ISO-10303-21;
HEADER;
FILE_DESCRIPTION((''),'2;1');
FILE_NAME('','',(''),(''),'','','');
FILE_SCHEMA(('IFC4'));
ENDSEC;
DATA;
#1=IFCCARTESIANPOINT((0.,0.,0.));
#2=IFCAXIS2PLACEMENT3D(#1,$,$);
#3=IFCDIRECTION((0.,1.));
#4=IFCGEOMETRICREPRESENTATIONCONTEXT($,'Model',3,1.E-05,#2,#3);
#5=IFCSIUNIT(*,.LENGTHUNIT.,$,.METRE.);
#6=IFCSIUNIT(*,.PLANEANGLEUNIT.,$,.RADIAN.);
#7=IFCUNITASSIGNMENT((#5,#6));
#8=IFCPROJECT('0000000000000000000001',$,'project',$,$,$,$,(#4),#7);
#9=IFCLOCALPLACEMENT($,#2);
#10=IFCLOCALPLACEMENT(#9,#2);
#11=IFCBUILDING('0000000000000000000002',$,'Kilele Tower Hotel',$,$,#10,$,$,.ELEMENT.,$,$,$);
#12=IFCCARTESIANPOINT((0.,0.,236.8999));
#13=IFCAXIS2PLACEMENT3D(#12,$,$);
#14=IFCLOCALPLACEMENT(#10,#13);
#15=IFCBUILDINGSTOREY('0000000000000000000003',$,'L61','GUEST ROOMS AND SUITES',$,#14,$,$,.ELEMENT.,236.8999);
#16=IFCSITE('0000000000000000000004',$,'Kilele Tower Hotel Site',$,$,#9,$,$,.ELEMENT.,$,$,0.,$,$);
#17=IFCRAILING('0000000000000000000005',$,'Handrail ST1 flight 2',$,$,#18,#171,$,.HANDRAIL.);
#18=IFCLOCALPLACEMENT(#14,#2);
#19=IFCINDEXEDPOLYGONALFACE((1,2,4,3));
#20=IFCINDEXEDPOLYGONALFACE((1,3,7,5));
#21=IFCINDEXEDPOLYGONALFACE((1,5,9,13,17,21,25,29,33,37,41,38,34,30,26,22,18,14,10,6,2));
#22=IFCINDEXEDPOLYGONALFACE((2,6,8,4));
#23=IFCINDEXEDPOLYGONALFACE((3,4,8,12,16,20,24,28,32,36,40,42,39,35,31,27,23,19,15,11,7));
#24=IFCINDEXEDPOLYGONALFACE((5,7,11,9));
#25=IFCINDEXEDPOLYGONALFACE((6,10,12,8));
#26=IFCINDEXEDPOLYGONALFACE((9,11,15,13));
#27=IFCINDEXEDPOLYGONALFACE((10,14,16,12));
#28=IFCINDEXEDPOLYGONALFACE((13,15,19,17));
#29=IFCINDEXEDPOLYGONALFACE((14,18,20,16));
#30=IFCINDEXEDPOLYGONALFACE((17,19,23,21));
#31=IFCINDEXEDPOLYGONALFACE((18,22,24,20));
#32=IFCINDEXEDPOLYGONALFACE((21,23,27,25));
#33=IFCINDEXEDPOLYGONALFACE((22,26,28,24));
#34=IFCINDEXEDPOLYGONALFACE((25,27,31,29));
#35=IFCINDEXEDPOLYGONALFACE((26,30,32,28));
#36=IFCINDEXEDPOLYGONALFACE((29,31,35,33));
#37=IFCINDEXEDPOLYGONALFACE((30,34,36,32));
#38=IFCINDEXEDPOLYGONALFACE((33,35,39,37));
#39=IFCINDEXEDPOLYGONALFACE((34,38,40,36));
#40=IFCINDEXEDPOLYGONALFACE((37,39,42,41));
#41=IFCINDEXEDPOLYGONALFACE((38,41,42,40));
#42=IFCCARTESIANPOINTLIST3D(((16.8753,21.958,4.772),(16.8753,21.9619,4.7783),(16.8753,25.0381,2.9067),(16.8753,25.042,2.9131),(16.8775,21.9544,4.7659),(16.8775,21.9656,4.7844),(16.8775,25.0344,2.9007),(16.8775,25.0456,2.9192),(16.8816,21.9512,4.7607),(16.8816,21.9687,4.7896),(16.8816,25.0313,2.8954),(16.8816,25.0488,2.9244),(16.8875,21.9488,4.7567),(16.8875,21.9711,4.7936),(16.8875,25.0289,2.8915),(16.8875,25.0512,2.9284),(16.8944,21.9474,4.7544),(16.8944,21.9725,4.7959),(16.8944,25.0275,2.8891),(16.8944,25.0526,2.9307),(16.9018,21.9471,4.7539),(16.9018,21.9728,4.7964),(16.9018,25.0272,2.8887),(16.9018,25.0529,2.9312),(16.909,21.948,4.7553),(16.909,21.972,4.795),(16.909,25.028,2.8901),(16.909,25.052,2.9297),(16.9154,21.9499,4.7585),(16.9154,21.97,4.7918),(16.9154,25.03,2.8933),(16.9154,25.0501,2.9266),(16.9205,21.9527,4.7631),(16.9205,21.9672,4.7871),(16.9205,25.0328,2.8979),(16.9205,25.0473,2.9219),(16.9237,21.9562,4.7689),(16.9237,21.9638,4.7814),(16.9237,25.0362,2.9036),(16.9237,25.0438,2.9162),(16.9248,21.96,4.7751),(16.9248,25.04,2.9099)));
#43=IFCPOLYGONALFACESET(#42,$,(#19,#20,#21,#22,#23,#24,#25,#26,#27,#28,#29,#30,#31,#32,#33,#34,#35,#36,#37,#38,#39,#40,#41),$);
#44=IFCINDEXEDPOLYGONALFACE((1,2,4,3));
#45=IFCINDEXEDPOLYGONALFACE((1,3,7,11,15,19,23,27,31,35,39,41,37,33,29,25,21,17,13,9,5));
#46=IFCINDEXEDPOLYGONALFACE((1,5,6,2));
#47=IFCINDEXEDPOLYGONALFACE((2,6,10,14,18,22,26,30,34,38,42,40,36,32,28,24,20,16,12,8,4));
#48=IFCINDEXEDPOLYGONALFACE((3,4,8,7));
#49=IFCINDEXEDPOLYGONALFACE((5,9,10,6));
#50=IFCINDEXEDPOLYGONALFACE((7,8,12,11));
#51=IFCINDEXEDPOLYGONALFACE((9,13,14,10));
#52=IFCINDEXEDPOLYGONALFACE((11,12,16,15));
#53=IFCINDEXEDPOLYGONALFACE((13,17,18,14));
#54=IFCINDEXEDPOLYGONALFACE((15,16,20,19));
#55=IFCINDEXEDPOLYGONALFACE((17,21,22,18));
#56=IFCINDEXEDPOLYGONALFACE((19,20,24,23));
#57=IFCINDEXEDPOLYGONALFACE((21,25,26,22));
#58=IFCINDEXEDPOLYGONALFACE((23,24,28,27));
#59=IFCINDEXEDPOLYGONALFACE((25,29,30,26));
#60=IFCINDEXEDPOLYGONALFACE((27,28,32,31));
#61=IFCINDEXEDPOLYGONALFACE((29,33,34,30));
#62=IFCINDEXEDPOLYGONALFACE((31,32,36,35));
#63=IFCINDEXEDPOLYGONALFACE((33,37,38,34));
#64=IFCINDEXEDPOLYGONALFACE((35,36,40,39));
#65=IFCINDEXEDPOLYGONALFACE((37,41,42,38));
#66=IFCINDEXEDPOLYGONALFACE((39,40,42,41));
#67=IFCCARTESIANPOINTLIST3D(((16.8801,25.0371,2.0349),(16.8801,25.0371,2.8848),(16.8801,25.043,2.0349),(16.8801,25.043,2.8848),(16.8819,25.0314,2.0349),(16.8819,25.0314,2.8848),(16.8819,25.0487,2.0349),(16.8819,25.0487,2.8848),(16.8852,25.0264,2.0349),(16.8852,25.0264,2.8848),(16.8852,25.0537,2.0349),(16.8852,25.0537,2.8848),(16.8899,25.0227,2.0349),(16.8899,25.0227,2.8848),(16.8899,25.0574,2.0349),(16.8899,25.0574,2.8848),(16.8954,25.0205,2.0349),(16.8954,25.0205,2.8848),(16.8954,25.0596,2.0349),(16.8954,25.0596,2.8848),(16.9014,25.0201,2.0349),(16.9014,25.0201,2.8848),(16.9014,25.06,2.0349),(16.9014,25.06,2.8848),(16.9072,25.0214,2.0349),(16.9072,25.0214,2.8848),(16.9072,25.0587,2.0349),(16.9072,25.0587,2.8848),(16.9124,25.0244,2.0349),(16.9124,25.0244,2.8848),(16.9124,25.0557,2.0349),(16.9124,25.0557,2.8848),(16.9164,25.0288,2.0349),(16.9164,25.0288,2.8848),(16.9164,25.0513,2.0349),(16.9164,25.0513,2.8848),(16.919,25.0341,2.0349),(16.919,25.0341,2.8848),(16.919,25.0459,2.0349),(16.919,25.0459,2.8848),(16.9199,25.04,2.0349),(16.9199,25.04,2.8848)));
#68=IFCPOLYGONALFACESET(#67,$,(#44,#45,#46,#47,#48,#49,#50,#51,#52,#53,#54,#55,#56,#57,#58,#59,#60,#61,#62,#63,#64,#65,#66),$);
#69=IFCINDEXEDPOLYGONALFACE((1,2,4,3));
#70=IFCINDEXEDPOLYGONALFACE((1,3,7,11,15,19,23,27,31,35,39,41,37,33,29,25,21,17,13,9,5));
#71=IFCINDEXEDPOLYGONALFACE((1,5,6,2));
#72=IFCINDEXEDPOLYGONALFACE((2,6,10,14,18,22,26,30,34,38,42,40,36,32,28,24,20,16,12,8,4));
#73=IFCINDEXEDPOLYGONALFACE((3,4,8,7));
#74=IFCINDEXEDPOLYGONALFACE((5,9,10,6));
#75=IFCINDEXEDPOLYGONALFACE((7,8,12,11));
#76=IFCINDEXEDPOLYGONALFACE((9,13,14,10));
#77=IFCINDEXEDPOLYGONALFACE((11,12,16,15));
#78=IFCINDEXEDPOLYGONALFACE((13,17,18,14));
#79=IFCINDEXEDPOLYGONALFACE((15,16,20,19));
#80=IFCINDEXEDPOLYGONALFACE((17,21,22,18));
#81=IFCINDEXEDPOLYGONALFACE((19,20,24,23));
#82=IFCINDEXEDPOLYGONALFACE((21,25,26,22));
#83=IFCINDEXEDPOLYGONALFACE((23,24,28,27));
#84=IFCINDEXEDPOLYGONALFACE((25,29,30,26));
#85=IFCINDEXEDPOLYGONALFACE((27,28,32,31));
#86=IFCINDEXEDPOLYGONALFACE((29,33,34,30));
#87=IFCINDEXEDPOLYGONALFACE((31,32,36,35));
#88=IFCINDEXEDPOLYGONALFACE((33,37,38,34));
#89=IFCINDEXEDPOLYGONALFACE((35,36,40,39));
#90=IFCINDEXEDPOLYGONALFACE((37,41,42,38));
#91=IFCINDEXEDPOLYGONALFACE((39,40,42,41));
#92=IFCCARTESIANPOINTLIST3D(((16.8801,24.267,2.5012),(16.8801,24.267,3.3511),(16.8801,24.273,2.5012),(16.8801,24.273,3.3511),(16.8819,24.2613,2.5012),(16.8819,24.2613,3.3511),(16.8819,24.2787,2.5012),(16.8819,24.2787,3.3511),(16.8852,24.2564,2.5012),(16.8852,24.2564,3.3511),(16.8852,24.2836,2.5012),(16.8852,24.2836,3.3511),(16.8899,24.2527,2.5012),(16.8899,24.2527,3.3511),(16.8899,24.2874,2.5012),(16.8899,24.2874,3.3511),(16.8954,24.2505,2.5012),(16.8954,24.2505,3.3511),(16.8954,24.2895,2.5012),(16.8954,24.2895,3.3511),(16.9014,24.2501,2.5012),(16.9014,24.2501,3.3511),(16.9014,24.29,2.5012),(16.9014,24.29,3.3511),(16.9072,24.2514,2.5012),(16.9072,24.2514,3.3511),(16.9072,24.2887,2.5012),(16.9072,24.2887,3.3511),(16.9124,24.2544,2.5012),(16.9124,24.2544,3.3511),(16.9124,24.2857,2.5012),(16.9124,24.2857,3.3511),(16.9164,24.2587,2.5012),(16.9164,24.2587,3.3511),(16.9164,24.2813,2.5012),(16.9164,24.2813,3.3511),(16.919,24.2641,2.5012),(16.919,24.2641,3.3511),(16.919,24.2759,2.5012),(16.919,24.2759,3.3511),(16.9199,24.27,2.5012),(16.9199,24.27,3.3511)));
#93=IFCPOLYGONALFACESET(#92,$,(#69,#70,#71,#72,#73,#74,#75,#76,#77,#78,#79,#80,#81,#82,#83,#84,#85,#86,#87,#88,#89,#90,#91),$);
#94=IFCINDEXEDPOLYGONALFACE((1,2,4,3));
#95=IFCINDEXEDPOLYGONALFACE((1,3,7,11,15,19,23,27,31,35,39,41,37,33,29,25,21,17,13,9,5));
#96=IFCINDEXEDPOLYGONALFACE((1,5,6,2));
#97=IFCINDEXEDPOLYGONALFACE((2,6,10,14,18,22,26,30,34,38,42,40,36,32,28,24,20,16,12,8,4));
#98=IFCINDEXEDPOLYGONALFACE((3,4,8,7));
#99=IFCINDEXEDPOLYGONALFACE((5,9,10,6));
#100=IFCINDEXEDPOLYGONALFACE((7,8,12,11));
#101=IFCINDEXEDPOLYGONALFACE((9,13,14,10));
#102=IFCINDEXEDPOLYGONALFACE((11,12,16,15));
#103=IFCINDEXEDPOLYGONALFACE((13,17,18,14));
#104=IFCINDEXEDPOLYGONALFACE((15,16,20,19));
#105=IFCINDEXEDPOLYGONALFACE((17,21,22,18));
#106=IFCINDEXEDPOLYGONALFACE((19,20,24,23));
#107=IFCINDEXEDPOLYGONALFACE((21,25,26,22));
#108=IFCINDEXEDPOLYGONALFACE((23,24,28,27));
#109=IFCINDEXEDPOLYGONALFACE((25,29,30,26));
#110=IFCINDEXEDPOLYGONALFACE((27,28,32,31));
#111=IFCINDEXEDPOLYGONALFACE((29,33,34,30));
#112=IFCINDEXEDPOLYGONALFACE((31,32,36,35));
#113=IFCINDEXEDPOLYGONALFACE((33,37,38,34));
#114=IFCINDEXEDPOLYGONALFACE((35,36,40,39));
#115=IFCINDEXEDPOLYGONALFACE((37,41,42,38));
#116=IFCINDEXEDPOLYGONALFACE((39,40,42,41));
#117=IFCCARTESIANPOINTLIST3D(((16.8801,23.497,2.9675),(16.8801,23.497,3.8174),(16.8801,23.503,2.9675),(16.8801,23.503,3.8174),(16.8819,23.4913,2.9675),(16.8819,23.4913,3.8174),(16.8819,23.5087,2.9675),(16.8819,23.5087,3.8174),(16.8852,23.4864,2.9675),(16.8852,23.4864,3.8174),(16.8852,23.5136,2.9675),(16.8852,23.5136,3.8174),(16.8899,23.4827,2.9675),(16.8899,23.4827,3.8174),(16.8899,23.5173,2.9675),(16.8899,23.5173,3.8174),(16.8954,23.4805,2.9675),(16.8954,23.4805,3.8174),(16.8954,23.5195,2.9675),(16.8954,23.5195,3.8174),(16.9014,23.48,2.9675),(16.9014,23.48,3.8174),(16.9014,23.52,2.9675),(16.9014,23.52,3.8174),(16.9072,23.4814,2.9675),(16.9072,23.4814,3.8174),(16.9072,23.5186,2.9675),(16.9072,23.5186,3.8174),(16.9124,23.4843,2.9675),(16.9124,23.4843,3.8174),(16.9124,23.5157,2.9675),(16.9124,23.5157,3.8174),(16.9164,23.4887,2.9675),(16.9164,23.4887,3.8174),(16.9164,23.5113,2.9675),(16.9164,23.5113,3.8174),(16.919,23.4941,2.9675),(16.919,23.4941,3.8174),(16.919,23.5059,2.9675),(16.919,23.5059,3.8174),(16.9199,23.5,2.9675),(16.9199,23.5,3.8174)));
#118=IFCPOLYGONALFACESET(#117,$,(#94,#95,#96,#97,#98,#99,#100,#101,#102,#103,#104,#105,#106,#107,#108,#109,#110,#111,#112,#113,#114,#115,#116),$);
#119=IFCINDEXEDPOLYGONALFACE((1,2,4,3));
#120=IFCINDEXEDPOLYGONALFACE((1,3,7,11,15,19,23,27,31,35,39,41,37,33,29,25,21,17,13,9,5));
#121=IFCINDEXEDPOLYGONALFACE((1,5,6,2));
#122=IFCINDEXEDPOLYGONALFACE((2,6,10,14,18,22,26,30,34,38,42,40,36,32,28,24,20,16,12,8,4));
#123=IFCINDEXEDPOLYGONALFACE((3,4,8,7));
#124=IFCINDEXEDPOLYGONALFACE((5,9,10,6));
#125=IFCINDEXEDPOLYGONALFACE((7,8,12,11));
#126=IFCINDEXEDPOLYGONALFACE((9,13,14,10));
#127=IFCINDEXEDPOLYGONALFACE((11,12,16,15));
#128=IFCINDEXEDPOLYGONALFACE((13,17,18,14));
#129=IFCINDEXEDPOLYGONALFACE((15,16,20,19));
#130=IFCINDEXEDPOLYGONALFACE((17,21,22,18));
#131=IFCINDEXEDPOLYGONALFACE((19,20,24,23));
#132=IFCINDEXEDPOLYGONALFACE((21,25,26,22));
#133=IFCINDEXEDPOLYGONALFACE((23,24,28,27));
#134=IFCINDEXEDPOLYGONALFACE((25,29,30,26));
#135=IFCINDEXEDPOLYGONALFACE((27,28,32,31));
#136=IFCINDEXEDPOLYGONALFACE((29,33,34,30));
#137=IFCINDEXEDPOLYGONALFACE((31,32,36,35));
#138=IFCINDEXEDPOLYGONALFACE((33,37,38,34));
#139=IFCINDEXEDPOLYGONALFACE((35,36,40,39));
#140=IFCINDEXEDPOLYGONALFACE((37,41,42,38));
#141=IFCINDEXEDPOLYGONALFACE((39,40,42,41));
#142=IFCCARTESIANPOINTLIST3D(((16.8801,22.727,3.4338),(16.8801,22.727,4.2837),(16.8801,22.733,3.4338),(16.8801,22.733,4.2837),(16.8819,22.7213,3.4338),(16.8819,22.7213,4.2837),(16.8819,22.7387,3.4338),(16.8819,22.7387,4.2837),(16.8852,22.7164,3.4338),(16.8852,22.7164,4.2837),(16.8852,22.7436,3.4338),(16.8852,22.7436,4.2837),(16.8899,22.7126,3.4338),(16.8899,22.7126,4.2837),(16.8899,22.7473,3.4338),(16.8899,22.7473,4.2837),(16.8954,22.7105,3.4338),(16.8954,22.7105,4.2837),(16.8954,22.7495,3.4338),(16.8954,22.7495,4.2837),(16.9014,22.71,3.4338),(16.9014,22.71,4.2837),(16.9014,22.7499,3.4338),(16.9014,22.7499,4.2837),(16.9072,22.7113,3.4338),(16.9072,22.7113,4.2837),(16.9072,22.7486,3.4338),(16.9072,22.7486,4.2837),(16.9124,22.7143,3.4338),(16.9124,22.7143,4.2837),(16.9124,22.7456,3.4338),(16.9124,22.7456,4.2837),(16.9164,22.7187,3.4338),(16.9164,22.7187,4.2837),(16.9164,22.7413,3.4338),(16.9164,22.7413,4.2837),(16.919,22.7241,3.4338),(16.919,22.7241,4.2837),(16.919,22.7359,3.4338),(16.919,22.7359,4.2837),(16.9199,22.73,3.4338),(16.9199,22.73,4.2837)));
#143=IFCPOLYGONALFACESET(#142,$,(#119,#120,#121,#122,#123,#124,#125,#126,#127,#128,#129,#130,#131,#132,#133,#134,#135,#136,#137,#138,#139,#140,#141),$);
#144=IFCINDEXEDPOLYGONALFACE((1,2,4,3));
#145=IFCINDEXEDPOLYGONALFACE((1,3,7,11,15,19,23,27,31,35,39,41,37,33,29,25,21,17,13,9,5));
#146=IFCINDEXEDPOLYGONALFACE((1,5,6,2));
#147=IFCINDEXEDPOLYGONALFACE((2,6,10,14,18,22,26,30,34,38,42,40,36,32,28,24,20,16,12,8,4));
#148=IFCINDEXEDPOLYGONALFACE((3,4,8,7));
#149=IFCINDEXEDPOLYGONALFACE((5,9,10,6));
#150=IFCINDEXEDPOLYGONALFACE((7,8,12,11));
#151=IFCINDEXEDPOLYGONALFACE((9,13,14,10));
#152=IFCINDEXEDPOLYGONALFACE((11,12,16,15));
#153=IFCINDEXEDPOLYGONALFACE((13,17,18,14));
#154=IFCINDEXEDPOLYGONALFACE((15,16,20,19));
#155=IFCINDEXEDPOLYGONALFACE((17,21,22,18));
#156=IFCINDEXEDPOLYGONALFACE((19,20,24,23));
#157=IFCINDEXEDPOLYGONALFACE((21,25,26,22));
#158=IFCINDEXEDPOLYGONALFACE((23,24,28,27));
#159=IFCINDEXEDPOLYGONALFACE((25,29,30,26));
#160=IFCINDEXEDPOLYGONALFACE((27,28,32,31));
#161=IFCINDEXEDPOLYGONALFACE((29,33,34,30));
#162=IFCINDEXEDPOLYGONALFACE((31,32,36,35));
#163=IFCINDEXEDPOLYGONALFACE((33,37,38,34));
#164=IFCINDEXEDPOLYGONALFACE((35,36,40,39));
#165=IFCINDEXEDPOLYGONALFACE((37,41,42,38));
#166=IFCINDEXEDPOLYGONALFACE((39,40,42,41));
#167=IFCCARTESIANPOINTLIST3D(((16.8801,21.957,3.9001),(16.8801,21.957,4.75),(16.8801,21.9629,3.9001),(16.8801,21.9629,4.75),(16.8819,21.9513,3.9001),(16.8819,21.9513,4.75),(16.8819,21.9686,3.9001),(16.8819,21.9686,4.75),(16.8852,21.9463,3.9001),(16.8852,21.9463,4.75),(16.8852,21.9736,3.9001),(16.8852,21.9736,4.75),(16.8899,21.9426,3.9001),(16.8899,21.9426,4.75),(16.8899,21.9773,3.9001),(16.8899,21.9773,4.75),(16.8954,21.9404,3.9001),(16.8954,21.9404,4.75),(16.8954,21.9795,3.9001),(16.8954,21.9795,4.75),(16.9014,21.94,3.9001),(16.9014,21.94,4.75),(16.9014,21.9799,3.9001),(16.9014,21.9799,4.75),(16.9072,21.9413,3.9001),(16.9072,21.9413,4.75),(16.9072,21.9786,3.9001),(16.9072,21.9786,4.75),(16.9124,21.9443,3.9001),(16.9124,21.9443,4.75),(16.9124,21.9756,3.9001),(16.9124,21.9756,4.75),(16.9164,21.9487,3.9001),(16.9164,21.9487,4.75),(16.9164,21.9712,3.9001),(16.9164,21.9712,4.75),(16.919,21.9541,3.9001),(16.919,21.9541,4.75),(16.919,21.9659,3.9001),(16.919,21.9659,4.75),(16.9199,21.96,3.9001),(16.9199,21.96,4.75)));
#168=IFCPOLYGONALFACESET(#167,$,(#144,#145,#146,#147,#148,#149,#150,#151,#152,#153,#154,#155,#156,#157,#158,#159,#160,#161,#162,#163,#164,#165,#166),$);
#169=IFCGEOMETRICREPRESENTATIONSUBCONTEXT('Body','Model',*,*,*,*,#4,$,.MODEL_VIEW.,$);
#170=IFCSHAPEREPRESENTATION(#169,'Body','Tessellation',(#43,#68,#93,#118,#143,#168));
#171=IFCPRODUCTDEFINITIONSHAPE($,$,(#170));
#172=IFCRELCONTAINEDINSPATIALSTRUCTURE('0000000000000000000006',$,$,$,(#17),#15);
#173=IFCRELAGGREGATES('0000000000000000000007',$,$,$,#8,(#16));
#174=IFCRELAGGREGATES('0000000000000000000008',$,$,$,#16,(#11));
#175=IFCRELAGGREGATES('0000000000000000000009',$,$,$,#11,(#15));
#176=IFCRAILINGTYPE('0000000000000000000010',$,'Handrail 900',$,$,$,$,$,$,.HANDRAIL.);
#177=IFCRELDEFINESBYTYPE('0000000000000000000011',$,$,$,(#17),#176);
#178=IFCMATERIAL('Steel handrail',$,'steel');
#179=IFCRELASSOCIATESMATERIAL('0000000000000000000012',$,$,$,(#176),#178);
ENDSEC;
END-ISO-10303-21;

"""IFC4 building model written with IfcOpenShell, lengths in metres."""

from ifc_helpers import new_model, si_unit, direction, frame, origin, origin_2d, place, context, subcontext, project, spatial, circle, extrude, material, type_object, element, save


model = new_model("IFC4")

# Units and contexts
model_context = context("Model", 3, precision=1e-05, world=origin(), true_north=direction((0.0, 1.0)))
body_context = subcontext(model_context, "Body", "Model", "MODEL_VIEW")
ifc_project = project(units=[si_unit("LENGTHUNIT", "METRE"), si_unit("PLANEANGLEUNIT", "RADIAN")], contexts=[model_context])

# Site, building, storey
site_placement = place(None, origin())
site = spatial("IfcSite", under=ifc_project, at=site_placement, Name="Kilele Tower Hotel Site", CompositionType="ELEMENT", RefElevation=0.0)
building_placement = place(site_placement, origin())
building = spatial("IfcBuilding", under=site, at=building_placement, Name="Kilele Tower Hotel", CompositionType="ELEMENT")
storey_placement = place(building_placement, frame((0.0, 0.0, 236.8999)))
storey = spatial("IfcBuildingStorey", under=building, at=storey_placement, Name="L61", Description="GUEST ROOMS AND SUITES", CompositionType="ELEMENT", Elevation=236.8999)

# Railing
ifc_material_1 = material(Name="Steel handrail", Category="steel")
railing_type_1 = type_object("IfcRailingType", Name="Handrail 900", PredefinedType="HANDRAIL", material=ifc_material_1)
for number, where, name in (
    (1, (16.8999, 25.04, 2.0349), "Handrail ST1 flight 2"),
):
    element("IfcRailing", number, at=place(storey_placement, frame(where)), inside=storey, type_object=railing_type_1, Name=name, PredefinedType="HANDRAIL", context=body_context, shape_type="SweptSolid", body=[
        extrude(circle(Radius=0.0249, at=origin_2d()), frame((0.0, 0.0, 0.875), z_axis=(0.0, -0.85538, 0.518001), x_axis=(1.0, 0.0, 0.0)), (0.0, 0.0, 1.0), 3.6008),
        extrude(circle(Radius=0.02, at=origin_2d()), origin(), (0.0, 0.0, 1.0), 0.8499),
        extrude(circle(Radius=0.02, at=origin_2d()), frame((0.0, -0.77, 0.4663)), (0.0, 0.0, 1.0), 0.8499),
        extrude(circle(Radius=0.02, at=origin_2d()), frame((0.0, -1.54, 0.9326)), (0.0, 0.0, 1.0), 0.8499),
        extrude(circle(Radius=0.02, at=origin_2d()), frame((0.0, -2.3101, 1.3989)), (0.0, 0.0, 1.0), 0.8499),
        extrude(circle(Radius=0.02, at=origin_2d()), frame((0.0, -3.0801, 1.8652)), (0.0, 0.0, 1.0), 0.8499),
    ])

save(model, "model.ifc")
